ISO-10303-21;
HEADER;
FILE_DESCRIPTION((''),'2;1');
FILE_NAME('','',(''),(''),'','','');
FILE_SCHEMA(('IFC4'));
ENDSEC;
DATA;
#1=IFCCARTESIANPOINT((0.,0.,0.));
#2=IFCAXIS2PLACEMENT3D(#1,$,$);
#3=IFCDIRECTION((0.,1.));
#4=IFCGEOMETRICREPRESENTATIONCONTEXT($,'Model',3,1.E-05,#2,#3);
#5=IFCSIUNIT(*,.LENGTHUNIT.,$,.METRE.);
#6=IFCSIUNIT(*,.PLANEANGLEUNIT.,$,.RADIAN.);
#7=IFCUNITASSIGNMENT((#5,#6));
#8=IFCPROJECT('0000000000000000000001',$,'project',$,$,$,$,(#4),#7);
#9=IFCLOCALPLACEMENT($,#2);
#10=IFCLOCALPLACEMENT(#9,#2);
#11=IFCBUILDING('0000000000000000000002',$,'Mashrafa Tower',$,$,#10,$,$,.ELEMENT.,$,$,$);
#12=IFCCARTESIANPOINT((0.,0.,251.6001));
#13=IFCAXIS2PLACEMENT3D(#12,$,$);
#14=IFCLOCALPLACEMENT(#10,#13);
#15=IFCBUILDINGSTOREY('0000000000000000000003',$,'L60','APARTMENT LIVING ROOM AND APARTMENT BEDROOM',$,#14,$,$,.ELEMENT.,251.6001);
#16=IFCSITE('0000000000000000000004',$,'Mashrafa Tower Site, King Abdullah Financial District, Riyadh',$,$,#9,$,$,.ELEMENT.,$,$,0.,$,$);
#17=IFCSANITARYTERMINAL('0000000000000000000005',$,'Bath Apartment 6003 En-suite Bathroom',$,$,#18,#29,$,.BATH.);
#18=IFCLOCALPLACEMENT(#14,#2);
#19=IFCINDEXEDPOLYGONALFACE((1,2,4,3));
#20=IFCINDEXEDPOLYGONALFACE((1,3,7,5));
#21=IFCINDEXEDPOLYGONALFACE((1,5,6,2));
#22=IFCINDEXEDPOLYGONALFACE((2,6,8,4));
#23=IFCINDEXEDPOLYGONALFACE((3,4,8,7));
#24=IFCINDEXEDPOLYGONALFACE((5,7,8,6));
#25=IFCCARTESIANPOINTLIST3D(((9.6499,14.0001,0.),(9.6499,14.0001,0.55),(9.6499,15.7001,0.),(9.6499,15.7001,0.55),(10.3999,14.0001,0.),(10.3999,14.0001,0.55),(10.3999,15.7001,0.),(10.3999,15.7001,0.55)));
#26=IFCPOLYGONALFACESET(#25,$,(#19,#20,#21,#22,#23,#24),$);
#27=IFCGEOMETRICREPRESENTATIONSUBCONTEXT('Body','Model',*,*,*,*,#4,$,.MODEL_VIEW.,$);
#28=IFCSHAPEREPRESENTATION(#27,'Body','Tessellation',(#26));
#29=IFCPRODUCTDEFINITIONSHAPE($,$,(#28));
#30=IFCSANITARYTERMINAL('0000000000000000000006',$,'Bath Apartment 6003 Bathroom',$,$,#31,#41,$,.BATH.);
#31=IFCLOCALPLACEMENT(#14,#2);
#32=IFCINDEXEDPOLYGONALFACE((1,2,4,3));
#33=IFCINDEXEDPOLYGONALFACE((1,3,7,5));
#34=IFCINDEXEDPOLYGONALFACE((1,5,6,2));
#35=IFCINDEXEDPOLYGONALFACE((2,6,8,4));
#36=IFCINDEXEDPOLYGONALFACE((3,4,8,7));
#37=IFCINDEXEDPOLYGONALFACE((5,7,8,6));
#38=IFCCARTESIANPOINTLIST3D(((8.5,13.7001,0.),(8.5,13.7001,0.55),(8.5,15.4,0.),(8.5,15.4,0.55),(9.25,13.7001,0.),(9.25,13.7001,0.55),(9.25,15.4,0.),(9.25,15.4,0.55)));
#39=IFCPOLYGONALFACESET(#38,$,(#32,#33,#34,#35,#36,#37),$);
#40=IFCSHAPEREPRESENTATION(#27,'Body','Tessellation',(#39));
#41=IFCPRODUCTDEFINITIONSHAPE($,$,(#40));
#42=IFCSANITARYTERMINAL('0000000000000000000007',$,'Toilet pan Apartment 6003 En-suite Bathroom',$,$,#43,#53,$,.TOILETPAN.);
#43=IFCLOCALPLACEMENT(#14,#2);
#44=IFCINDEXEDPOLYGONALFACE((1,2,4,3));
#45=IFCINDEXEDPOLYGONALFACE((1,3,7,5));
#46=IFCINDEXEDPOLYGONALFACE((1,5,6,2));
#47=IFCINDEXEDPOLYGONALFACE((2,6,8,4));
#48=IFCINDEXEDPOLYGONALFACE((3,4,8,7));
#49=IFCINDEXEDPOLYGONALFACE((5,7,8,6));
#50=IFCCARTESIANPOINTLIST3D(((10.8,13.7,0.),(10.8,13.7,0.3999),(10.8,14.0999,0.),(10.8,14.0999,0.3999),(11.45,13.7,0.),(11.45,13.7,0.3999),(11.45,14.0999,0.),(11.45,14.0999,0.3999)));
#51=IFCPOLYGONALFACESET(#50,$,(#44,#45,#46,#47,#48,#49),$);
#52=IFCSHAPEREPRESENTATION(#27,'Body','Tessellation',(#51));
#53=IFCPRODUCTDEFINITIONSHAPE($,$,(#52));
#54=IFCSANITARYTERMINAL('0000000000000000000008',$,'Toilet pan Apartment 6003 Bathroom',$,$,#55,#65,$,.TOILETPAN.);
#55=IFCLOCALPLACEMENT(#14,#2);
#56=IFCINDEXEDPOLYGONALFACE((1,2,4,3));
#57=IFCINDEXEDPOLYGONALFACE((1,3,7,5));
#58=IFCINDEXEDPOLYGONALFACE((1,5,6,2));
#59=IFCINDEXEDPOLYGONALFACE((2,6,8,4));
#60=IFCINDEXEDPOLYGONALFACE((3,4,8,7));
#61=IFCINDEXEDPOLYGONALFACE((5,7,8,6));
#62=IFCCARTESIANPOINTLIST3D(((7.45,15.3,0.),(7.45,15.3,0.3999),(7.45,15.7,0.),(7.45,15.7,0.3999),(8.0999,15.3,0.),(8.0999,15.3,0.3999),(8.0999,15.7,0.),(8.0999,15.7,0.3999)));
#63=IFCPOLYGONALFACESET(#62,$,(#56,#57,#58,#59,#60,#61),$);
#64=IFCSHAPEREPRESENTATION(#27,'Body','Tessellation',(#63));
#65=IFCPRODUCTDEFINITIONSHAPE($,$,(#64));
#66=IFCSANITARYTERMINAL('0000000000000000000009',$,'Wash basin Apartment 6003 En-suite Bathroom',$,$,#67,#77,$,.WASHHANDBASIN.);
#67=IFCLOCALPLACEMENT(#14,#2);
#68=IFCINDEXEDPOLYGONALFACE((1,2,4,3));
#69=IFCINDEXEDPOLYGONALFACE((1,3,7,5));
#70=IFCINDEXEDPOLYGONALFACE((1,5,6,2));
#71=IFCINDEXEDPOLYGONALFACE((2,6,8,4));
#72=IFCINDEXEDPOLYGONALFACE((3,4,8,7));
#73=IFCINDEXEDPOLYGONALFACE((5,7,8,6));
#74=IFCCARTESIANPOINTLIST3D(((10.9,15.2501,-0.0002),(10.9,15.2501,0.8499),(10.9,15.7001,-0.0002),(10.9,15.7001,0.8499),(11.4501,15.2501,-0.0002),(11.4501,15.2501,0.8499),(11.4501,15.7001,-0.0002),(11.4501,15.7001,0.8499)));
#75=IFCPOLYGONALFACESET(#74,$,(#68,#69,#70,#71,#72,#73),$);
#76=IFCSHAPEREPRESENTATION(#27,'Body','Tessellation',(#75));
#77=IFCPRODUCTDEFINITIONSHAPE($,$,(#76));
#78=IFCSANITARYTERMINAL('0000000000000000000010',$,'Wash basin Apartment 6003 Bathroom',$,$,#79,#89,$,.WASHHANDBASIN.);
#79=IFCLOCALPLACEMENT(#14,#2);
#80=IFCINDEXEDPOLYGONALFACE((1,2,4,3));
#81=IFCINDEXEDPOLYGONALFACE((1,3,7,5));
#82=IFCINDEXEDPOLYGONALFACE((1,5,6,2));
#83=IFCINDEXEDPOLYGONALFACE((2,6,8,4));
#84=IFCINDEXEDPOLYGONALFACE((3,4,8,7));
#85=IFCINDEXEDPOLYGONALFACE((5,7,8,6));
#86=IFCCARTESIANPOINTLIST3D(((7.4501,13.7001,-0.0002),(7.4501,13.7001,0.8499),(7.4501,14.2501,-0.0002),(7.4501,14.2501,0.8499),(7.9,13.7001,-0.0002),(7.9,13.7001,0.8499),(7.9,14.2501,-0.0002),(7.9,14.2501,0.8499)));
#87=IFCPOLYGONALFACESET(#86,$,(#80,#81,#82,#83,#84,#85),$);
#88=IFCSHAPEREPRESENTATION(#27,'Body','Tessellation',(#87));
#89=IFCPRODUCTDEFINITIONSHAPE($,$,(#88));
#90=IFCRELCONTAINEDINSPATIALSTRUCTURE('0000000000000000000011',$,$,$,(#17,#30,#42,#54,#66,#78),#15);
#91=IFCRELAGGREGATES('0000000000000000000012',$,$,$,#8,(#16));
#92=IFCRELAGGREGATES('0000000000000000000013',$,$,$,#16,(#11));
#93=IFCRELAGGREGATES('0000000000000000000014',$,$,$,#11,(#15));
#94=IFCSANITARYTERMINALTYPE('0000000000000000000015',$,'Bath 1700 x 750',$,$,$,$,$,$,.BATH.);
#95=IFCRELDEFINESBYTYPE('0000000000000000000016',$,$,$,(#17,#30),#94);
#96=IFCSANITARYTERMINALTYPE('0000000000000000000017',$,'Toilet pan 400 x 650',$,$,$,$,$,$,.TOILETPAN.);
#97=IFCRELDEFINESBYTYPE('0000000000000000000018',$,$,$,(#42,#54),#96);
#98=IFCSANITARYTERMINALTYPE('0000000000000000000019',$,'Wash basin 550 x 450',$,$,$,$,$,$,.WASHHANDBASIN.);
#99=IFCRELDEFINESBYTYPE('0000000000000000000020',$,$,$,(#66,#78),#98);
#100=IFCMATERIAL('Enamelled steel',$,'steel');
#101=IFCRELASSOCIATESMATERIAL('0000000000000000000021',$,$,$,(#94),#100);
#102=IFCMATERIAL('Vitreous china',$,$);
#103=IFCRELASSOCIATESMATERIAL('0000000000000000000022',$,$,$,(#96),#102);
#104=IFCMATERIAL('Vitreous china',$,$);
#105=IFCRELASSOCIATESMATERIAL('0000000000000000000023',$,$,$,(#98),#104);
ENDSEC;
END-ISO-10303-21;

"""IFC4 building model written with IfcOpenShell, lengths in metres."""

from ifc_helpers import new_model, si_unit, direction, frame, origin, origin_2d, place, context, subcontext, project, spatial, rectangle, extrude, material, type_object, element, save


model = new_model("IFC4")

# Units and contexts
model_context = context("Model", 3, precision=1e-05, world=origin(), true_north=direction((0.0, 1.0)))
body_context = subcontext(model_context, "Body", "Model", "MODEL_VIEW")
ifc_project = project(units=[si_unit("LENGTHUNIT", "METRE"), si_unit("PLANEANGLEUNIT", "RADIAN")], contexts=[model_context])

# Site, building, storey
site_placement = place(None, origin())
site = spatial("IfcSite", under=ifc_project, at=site_placement, Name="Mashrafa Tower Site, King Abdullah Financial District, Riyadh", CompositionType="ELEMENT", RefElevation=0.0)
building_placement = place(site_placement, origin())
building = spatial("IfcBuilding", under=site, at=building_placement, Name="Mashrafa Tower", CompositionType="ELEMENT")
storey_placement = place(building_placement, frame((0.0, 0.0, 251.6001)))
storey = spatial("IfcBuildingStorey", under=building, at=storey_placement, Name="L60", Description="APARTMENT LIVING ROOM AND APARTMENT BEDROOM", CompositionType="ELEMENT", Elevation=251.6001)

# Sanitary terminals
ifc_material_1 = material(Name="Enamelled steel", Category="steel")
sanitary_terminal_type_1 = type_object("IfcSanitaryTerminalType", Name="Bath 1700 x 750", PredefinedType="BATH", material=ifc_material_1)
for number, where, z_axis, x_axis, name in (
    (1, (10.0249, 14.8501, 0.0), (0.0, 0.0, 1.0), (0.0, -1.0, 0.0), "Bath Apartment 6003 En-suite Bathroom"),
    (2, (8.875, 14.55, 0.0), (0.0, 0.0, 1.0), (0.0, 1.0, 0.0), "Bath Apartment 6003 Bathroom"),
):
    element("IfcSanitaryTerminal", number, at=place(storey_placement, frame(where, z_axis=z_axis, x_axis=x_axis)), inside=storey, type_object=sanitary_terminal_type_1, Name=name, PredefinedType="BATH", context=body_context, shape_type="SweptSolid", body=[
        extrude(rectangle(XDim=1.7, YDim=0.75, at=origin_2d()), origin(), (0.0, 0.0, 1.0), 0.55),
    ])
ifc_material_2 = material(Name="Vitreous china")
sanitary_terminal_type_2 = type_object("IfcSanitaryTerminalType", Name="Toilet pan 400 x 650", PredefinedType="TOILETPAN", material=ifc_material_2)
for number, where, z_axis, x_axis, name in (
    (3, (11.125, 13.8999, 0.0), (0.0, 0.0, 1.0), (0.0, 1.0, 0.0), "Toilet pan Apartment 6003 En-suite Bathroom"),
    (4, (7.7749, 15.5, 0.0), (0.0, 0.0, 1.0), (0.0, -1.0, 0.0), "Toilet pan Apartment 6003 Bathroom"),
):
    element("IfcSanitaryTerminal", number, at=place(storey_placement, frame(where, z_axis=z_axis, x_axis=x_axis)), inside=storey, type_object=sanitary_terminal_type_2, Name=name, PredefinedType="TOILETPAN", context=body_context, shape_type="SweptSolid", body=[
        extrude(rectangle(XDim=0.3999, YDim=0.6499, at=origin_2d()), origin(), (0.0, 0.0, 1.0), 0.3999),
    ])
ifc_material_3 = material(Name="Vitreous china")
sanitary_terminal_type_3 = type_object("IfcSanitaryTerminalType", Name="Wash basin 550 x 450", PredefinedType="WASHHANDBASIN", material=ifc_material_3)
for number, where, z_axis, x_axis, name in (
    (5, (11.175, 15.4751, -0.0002), (0.0, 0.0, 1.0), (-1.0, 0.0, 0.0), "Wash basin Apartment 6003 En-suite Bathroom"),
    (6, (7.675, 13.9751, -0.0002), (0.0, 0.0, 1.0), (0.0, -1.0, 0.0), "Wash basin Apartment 6003 Bathroom"),
):
    element("IfcSanitaryTerminal", number, at=place(storey_placement, frame(where, z_axis=z_axis, x_axis=x_axis)), inside=storey, type_object=sanitary_terminal_type_3, Name=name, PredefinedType="WASHHANDBASIN", context=body_context, shape_type="SweptSolid", body=[
        extrude(rectangle(XDim=0.55, YDim=0.45, at=origin_2d()), origin(), (0.0, 0.0, 1.0), 0.8501),
    ])

save(model, "model.ifc")
